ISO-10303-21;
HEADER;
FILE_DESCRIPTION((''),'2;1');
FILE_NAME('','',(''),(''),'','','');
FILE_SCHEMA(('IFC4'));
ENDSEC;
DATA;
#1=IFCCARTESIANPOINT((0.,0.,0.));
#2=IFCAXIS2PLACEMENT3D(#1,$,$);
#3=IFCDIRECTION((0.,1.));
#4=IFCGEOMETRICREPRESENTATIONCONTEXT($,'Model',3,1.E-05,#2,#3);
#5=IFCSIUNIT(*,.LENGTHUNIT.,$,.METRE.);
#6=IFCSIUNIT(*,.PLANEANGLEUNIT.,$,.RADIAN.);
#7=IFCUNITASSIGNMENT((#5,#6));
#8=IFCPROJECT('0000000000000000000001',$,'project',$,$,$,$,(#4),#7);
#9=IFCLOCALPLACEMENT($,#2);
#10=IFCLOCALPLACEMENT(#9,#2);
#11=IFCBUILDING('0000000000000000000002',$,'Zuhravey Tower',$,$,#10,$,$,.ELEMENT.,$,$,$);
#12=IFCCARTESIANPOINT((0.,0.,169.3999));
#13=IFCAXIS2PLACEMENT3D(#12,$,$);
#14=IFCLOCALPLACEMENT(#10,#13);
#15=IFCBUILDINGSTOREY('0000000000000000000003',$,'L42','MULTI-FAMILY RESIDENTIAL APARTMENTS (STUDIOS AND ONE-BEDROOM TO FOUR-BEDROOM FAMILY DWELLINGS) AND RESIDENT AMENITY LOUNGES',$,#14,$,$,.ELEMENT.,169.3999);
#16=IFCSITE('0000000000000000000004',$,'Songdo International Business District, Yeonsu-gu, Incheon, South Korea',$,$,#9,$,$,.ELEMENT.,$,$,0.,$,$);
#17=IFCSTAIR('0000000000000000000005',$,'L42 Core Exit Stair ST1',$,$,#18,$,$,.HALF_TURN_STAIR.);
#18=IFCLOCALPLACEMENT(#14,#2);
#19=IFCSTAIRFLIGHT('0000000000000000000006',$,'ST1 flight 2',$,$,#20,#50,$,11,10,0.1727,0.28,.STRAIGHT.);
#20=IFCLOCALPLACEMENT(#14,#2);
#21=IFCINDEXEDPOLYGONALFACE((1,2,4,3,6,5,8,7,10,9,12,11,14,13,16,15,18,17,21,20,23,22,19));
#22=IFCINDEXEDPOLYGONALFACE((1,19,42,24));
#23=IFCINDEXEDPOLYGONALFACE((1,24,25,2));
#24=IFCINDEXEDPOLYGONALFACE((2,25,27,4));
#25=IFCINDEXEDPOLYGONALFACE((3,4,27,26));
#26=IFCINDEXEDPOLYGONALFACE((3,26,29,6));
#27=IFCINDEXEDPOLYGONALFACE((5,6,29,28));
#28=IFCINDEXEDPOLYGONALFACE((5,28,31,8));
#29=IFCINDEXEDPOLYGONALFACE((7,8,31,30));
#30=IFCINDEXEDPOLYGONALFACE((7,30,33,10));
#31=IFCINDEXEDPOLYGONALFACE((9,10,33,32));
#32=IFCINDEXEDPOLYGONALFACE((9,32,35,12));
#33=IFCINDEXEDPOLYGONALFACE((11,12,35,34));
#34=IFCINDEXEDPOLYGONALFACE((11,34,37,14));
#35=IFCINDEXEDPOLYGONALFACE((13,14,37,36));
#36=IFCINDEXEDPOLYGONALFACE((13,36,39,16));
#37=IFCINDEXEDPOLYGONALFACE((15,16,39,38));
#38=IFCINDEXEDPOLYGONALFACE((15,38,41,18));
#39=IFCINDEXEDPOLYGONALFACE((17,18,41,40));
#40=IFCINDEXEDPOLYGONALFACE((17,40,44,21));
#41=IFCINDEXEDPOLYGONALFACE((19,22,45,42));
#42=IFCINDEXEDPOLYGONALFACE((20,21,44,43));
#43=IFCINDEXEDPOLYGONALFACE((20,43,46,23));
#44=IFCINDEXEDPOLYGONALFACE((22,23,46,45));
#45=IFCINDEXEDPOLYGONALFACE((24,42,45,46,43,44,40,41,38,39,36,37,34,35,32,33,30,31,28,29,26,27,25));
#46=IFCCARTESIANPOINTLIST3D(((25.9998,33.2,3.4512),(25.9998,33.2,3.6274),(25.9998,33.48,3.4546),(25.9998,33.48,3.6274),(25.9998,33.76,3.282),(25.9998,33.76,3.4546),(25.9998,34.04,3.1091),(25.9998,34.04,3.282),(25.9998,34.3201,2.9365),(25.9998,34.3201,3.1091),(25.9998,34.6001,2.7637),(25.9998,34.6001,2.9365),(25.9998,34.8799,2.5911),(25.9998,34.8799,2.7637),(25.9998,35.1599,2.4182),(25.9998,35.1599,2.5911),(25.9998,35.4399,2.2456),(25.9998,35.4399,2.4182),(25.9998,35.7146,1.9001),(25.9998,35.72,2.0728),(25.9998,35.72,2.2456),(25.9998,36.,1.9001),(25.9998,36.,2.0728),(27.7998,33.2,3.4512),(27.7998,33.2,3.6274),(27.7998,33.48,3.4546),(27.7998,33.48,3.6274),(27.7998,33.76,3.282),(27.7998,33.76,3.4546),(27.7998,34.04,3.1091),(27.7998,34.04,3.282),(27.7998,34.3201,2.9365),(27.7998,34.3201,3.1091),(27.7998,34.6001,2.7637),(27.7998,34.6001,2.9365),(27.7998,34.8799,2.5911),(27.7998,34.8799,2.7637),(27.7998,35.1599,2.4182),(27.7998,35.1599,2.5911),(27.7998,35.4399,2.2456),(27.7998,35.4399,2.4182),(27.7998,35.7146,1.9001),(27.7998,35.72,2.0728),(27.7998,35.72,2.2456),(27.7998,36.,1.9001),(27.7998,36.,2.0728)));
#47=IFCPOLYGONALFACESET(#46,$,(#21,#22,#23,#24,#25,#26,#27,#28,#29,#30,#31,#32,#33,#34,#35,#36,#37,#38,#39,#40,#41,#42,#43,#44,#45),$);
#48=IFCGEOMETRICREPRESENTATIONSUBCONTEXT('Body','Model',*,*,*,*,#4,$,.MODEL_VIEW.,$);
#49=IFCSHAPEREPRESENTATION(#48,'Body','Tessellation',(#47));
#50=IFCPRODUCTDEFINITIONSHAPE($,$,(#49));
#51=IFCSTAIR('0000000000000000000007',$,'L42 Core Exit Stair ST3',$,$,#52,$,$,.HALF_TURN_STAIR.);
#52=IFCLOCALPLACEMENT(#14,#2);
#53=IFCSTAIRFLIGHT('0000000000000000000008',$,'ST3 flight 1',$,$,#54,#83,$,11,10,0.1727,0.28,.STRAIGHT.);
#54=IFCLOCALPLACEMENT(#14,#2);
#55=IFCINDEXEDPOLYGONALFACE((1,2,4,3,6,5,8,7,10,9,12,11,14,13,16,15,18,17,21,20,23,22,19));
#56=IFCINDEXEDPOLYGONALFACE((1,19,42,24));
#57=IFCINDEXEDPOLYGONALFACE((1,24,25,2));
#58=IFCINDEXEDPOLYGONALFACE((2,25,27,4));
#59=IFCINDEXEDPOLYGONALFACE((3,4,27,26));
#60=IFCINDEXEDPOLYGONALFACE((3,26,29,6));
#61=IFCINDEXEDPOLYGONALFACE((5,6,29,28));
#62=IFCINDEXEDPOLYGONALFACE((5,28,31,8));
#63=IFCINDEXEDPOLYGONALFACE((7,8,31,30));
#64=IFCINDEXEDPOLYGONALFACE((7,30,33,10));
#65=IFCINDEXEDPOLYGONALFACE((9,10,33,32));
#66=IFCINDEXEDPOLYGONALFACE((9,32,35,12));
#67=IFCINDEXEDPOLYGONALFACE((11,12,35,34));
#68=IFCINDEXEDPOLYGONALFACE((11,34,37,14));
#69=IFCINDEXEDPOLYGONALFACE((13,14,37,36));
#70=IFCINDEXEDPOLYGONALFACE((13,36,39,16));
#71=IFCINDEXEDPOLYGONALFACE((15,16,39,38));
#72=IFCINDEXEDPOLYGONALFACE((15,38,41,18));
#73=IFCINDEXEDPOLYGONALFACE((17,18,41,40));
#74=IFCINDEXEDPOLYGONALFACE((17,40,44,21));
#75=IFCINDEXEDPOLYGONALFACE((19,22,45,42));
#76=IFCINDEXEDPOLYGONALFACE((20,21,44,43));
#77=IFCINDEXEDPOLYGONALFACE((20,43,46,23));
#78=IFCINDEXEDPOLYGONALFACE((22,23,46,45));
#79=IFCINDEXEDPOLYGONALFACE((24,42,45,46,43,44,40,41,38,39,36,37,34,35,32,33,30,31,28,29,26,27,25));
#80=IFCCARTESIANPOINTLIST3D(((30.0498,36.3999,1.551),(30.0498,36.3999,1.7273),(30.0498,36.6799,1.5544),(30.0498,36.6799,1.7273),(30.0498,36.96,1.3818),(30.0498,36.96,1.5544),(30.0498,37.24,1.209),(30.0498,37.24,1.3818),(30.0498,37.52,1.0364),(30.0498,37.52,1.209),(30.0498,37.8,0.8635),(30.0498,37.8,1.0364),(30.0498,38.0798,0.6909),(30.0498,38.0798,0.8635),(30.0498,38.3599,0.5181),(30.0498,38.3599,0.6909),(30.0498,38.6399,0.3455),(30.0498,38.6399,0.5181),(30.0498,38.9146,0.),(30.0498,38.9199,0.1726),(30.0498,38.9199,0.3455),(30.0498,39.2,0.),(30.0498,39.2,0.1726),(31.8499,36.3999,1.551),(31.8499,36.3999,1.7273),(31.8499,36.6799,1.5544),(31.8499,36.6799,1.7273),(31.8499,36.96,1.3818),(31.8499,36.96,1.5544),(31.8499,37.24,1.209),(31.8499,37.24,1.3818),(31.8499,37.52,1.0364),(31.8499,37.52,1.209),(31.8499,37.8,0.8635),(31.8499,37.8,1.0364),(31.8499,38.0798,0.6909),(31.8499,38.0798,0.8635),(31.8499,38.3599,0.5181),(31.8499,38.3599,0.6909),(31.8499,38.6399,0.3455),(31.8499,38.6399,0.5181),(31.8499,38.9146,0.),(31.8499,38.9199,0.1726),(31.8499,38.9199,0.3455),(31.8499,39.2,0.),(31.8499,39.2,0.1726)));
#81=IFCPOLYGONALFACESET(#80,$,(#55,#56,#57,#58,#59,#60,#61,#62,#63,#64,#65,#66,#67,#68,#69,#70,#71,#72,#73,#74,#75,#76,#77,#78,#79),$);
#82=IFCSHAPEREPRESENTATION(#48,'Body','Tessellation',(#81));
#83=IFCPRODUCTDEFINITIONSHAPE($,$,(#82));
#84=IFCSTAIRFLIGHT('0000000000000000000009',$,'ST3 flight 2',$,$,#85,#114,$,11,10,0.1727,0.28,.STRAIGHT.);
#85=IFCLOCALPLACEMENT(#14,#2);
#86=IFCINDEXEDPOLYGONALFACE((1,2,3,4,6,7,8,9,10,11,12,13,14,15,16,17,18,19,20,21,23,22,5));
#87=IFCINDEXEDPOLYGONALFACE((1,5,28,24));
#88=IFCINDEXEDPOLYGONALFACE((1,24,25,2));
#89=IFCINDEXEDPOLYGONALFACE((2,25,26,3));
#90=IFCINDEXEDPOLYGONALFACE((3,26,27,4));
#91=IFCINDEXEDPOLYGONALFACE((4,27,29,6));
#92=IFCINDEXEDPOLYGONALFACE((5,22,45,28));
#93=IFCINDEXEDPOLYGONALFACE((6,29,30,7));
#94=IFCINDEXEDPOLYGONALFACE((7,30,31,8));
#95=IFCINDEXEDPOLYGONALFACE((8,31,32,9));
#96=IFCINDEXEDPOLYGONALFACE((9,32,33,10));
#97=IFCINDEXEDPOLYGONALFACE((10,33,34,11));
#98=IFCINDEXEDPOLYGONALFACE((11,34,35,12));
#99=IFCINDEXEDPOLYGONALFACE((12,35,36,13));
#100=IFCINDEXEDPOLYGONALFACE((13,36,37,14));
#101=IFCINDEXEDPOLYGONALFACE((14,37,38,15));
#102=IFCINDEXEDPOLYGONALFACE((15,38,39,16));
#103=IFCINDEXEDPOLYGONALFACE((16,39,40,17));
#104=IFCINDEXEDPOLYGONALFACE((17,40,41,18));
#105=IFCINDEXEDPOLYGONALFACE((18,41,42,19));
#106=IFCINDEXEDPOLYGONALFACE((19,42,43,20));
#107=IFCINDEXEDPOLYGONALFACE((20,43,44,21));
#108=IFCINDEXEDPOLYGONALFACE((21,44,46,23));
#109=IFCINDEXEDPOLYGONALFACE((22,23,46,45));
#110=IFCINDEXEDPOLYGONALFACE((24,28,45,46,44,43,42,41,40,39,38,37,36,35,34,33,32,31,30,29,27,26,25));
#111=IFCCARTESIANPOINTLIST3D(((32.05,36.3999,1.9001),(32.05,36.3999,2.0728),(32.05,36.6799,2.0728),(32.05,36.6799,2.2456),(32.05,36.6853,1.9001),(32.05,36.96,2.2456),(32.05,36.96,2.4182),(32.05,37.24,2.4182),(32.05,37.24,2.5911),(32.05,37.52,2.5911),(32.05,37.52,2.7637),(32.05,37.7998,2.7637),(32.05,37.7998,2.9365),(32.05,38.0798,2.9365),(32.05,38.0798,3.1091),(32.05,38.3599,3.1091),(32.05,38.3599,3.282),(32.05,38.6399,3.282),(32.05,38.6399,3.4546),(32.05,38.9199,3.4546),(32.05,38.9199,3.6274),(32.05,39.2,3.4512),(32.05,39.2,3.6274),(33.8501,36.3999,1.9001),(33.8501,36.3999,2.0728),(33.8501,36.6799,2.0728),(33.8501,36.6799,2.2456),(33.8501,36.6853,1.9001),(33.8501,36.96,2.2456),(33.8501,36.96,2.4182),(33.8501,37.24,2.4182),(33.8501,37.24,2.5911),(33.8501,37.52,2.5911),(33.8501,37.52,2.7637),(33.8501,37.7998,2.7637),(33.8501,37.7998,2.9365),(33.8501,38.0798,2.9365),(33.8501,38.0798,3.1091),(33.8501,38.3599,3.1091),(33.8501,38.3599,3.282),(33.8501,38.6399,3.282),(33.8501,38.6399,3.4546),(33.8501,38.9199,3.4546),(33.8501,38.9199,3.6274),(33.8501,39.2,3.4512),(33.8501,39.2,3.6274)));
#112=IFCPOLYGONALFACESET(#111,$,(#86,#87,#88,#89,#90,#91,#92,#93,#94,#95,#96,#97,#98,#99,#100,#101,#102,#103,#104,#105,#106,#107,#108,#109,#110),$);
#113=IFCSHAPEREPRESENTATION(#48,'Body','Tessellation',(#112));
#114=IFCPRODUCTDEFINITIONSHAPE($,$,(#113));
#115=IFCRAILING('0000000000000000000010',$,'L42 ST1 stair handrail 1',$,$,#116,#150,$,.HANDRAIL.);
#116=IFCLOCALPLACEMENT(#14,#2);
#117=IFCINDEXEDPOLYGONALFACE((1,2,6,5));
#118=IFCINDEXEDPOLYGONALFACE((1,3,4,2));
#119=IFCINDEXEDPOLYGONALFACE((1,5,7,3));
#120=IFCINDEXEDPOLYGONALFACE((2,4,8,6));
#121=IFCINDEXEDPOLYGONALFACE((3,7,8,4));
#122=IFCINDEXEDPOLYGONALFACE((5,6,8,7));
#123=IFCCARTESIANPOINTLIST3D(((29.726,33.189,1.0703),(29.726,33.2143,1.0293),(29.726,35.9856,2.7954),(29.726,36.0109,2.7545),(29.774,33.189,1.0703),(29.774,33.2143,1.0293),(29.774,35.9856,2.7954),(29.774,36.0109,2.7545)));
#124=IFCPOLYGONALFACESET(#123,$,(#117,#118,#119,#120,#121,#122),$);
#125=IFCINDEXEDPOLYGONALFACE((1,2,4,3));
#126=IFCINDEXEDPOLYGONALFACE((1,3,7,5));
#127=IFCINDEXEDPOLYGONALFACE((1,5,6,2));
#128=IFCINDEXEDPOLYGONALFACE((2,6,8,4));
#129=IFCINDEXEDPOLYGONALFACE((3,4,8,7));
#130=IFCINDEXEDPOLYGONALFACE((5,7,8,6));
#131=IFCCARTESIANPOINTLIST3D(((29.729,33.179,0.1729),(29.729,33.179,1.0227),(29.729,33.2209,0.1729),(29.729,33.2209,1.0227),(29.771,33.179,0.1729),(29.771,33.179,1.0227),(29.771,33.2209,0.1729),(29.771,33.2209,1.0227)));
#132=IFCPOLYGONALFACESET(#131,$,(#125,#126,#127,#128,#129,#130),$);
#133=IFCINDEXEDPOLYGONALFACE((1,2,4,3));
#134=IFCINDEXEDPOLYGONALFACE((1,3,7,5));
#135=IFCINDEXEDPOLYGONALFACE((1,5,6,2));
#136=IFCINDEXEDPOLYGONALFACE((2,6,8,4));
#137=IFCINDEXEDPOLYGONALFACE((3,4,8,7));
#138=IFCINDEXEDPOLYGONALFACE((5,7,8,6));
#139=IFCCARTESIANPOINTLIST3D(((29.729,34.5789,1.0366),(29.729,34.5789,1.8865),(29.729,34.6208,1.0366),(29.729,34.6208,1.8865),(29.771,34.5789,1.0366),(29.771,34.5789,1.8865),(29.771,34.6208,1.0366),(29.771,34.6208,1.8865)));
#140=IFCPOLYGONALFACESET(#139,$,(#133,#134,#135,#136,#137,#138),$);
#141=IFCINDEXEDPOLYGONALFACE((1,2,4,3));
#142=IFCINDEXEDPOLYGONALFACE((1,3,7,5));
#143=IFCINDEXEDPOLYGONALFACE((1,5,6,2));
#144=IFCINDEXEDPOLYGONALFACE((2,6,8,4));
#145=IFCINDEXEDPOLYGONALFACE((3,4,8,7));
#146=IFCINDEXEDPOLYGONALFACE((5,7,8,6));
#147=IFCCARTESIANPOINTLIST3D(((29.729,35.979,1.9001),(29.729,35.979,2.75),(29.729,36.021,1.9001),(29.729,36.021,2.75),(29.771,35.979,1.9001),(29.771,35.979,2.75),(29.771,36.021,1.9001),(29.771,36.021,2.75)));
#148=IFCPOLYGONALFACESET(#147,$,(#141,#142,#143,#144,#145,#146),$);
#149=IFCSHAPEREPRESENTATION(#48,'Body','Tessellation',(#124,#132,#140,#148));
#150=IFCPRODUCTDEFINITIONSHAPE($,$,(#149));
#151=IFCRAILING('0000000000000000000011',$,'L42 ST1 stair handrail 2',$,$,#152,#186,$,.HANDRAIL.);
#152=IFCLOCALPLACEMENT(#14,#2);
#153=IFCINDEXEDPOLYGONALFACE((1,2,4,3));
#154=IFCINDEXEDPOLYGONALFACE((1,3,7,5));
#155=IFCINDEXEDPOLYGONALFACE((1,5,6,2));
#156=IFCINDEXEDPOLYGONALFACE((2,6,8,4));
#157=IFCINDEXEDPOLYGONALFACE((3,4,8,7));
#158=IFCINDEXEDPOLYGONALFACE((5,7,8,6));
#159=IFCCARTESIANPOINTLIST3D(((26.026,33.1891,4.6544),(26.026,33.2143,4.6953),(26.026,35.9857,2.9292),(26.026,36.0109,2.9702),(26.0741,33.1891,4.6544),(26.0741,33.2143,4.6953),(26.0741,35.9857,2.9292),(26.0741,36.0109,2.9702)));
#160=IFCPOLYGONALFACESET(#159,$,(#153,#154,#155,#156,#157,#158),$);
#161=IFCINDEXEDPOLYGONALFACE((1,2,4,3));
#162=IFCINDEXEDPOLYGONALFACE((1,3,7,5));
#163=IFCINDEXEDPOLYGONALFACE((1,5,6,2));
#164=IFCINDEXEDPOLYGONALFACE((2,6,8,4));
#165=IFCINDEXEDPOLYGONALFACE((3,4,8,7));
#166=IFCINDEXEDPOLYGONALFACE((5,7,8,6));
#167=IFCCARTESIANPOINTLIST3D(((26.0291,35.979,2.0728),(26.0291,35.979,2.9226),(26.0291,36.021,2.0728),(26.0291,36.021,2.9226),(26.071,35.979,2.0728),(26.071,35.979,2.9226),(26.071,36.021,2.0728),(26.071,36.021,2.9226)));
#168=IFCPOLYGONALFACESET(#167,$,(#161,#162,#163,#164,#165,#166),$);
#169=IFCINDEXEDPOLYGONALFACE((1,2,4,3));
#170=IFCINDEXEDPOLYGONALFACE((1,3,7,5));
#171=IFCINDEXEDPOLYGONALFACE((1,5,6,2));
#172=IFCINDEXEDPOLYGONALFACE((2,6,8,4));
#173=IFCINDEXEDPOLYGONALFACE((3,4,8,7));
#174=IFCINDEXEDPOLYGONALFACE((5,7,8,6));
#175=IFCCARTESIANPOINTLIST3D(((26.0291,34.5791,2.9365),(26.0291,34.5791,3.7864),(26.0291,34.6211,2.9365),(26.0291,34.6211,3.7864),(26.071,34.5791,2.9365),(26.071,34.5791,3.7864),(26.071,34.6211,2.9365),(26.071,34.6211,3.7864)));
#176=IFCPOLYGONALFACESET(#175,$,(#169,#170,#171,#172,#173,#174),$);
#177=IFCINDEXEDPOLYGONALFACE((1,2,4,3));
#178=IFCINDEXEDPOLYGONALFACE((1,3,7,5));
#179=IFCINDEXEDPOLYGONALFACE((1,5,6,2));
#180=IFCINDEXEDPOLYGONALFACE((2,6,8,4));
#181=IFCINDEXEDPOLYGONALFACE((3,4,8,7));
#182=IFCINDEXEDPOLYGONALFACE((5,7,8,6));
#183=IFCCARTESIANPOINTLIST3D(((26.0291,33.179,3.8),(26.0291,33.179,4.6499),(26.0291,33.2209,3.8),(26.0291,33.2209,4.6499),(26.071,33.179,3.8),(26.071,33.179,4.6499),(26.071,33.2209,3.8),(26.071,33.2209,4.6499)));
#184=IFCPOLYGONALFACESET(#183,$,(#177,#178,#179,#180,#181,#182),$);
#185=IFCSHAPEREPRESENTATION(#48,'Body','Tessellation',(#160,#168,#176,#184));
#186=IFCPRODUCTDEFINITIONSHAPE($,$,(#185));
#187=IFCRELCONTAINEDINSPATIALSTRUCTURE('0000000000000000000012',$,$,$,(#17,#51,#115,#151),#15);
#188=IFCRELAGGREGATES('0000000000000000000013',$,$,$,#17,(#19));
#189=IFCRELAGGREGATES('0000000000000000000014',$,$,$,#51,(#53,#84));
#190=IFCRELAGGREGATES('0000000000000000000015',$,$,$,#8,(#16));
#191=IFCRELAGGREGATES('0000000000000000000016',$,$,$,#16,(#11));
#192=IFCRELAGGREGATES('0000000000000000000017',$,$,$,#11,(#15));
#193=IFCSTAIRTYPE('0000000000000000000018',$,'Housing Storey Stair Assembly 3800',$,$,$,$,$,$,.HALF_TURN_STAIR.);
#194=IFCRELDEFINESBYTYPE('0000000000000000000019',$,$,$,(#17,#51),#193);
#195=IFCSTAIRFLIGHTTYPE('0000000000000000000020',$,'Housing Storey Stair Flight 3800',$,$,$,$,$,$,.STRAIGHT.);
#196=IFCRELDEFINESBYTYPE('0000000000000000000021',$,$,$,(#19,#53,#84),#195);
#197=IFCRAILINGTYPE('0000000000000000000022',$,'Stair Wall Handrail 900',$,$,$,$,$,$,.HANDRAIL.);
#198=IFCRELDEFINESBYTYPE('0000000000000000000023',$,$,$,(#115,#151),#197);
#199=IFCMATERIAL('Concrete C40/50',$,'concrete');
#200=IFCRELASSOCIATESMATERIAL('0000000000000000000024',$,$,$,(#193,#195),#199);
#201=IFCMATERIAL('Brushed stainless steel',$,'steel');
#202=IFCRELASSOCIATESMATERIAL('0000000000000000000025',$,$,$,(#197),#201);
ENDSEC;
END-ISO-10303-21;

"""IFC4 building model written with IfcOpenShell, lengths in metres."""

from ifc_helpers import new_model, si_unit, direction, frame, origin, origin_2d, place, context, subcontext, project, spatial, polyline, rectangle, outline, extrude, material, type_object, element, aggregate, save


model = new_model("IFC4")

# Units and contexts
model_context = context("Model", 3, precision=1e-05, world=origin(), true_north=direction((0.0, 1.0)))
body_context = subcontext(model_context, "Body", "Model", "MODEL_VIEW")
ifc_project = project(units=[si_unit("LENGTHUNIT", "METRE"), si_unit("PLANEANGLEUNIT", "RADIAN")], contexts=[model_context])

# Site, building, storey
site_placement = place(None, origin())
site = spatial("IfcSite", under=ifc_project, at=site_placement, Name="Songdo International Business District, Yeonsu-gu, Incheon, South Korea", CompositionType="ELEMENT", RefElevation=0.0)
building_placement = place(site_placement, origin())
building = spatial("IfcBuilding", under=site, at=building_placement, Name="Zuhravey Tower", CompositionType="ELEMENT")
storey_placement = place(building_placement, frame((0.0, 0.0, 169.3999)))
storey = spatial("IfcBuildingStorey", under=building, at=storey_placement, Name="L42", Description="MULTI-FAMILY RESIDENTIAL APARTMENTS (STUDIOS AND ONE-BEDROOM TO FOUR-BEDROOM FAMILY DWELLINGS) AND RESIDENT AMENITY LOUNGES", CompositionType="ELEMENT", Elevation=169.3999)

# Stairs, stair flights
ifc_material_1 = material(Name="Concrete C40/50", Category="concrete")
stair_type = type_object("IfcStairType", Name="Housing Storey Stair Assembly 3800", PredefinedType="HALF_TURN_STAIR", material=ifc_material_1)
stair_1_placement = place(storey_placement, origin())
stair_1 = element("IfcStair", 1, at=stair_1_placement, inside=storey, type_object=stair_type, Name="L42 Core Exit Stair ST1", PredefinedType="HALF_TURN_STAIR")
stair_flight_type = type_object("IfcStairFlightType", Name="Housing Storey Stair Flight 3800", PredefinedType="STRAIGHT", material=ifc_material_1)
stair_flight_1_placement = place(storey_placement, frame((26.8999, 36.0, 1.9001), z_axis=(0.0, 0.0, 1.0), x_axis=(0.0, -1.0, 0.0)))
stair_flight_1 = element("IfcStairFlight", 2, at=stair_flight_1_placement, type_object=stair_flight_type, Name="ST1 flight 2", NumberOfRisers=11, NumberOfTreads=10, PredefinedType="STRAIGHT", RiserHeight=0.1727, TreadLength=0.28, context=body_context, shape_type="SweptSolid", body=[
    extrude(outline(polyline([(0.0, 0.0), (0.0, 0.1726), (0.28, 0.1726), (0.28, 0.3455), (0.5601, 0.3455), (0.5601, 0.5181), (0.8401, 0.5181), (0.8401, 0.6909), (1.1201, 0.6909), (1.1201, 0.8635), (1.3999, 0.8635), (1.3999, 1.0364), (1.6799, 1.0364), (1.6799, 1.209), (1.96, 1.209), (1.96, 1.3818), (2.24, 1.3818), (2.24, 1.5544), (2.52, 1.5544), (2.52, 1.7273), (2.8, 1.7273), (2.8, 1.8999), (2.8, 1.551), (0.2854, 0.0), (0.0, 0.0)])), frame((0.0, 0.8999, 0.0), z_axis=(0.0, -1.0, 0.0), x_axis=(1.0, 0.0, 0.0)), (0.0, 0.0, 1.0), 1.8),
])
aggregate(stair_1, [stair_flight_1])
stair_2_placement = place(storey_placement, origin())
stair_2 = element("IfcStair", 3, at=stair_2_placement, inside=storey, type_object=stair_type, Name="L42 Core Exit Stair ST3", PredefinedType="HALF_TURN_STAIR")
stair_flight_2_placement = place(storey_placement, frame((30.95, 39.2, 0.0), z_axis=(0.0, 0.0, 1.0), x_axis=(0.0, -1.0, 0.0)))
stair_flight_2 = element("IfcStairFlight", 4, at=stair_flight_2_placement, type_object=stair_flight_type, Name="ST3 flight 1", NumberOfRisers=11, NumberOfTreads=10, PredefinedType="STRAIGHT", RiserHeight=0.1727, TreadLength=0.28, context=body_context, shape_type="SweptSolid", body=[
    extrude(outline(polyline([(0.0, 0.0), (0.0, 0.1726), (0.28, 0.1726), (0.28, 0.3455), (0.5601, 0.3455), (0.5601, 0.5181), (0.8401, 0.5181), (0.8401, 0.6909), (1.1201, 0.6909), (1.1201, 0.8635), (1.3999, 0.8635), (1.3999, 1.0364), (1.6799, 1.0364), (1.6799, 1.209), (1.96, 1.209), (1.96, 1.3818), (2.24, 1.3818), (2.24, 1.5544), (2.52, 1.5544), (2.52, 1.7273), (2.8, 1.7273), (2.8, 1.8999), (2.8, 1.551), (0.2854, 0.0), (0.0, 0.0)])), frame((0.0, 0.8999, 0.0), z_axis=(0.0, -1.0, 0.0), x_axis=(1.0, 0.0, 0.0)), (0.0, 0.0, 1.0), 1.8),
])
stair_flight_3_placement = place(storey_placement, frame((32.95, 36.3999, 1.9001), z_axis=(0.0, 0.0, 1.0), x_axis=(0.0, 1.0, 0.0)))
stair_flight_3 = element("IfcStairFlight", 5, at=stair_flight_3_placement, type_object=stair_flight_type, Name="ST3 flight 2", NumberOfRisers=11, NumberOfTreads=10, PredefinedType="STRAIGHT", RiserHeight=0.1727, TreadLength=0.28, context=body_context, shape_type="SweptSolid", body=[
    extrude(outline(polyline([(0.0, 0.0), (0.0, 0.1726), (0.28, 0.1726), (0.28, 0.3455), (0.5601, 0.3455), (0.5601, 0.5181), (0.8401, 0.5181), (0.8401, 0.6909), (1.1201, 0.6909), (1.1201, 0.8635), (1.3999, 0.8635), (1.3999, 1.0364), (1.6799, 1.0364), (1.6799, 1.209), (1.96, 1.209), (1.96, 1.3818), (2.24, 1.3818), (2.24, 1.5544), (2.52, 1.5544), (2.52, 1.7273), (2.8, 1.7273), (2.8, 1.8999), (2.8, 1.551), (0.2854, 0.0), (0.0, 0.0)])), frame((0.0, 0.8999, 0.0), z_axis=(0.0, -1.0, 0.0), x_axis=(1.0, 0.0, 0.0)), (0.0, 0.0, 1.0), 1.8),
])
aggregate(stair_2, [stair_flight_2, stair_flight_3])

# Railings
ifc_material_2 = material(Name="Brushed stainless steel", Category="steel")
railing_type_1 = type_object("IfcRailingType", Name="Stair Wall Handrail 900", PredefinedType="HANDRAIL", material=ifc_material_2)
railing_1_placement = place(storey_placement, frame((29.75, 33.2, 0.1729)))
element("IfcRailing", 6, at=railing_1_placement, inside=storey, type_object=railing_type_1, Name="L42 ST1 stair handrail 1", PredefinedType="HANDRAIL", context=body_context, shape_type="SweptSolid", body=[
    extrude(rectangle(XDim=0.0481, YDim=0.0481, at=origin_2d()), frame((0.0, 0.0017, 0.877), z_axis=(0.0, 0.85109, 0.52502), x_axis=(-1.0, 0.0, 0.0)), (0.0, 0.0, 1.0), 3.2859),
    extrude(rectangle(XDim=0.042, YDim=0.042, at=origin_2d()), origin(), (0.0, 0.0, 1.0), 0.8499),
    extrude(rectangle(XDim=0.042, YDim=0.042, at=origin_2d()), frame((0.0, 1.3999, 0.8638)), (0.0, 0.0, 1.0), 0.8499),
    extrude(rectangle(XDim=0.042, YDim=0.042, at=origin_2d()), frame((0.0, 2.8, 1.7273)), (0.0, 0.0, 1.0), 0.8499),
])
for number, where, name in (
    (7, (26.05, 36.0, 2.0728), "L42 ST1 stair handrail 2"),
):
    element("IfcRailing", number, at=place(storey_placement, frame(where)), inside=storey, type_object=railing_type_1, Name=name, PredefinedType="HANDRAIL", context=body_context, shape_type="SweptSolid", body=[
        extrude(rectangle(XDim=0.0481, YDim=0.0481, at=origin_2d()), frame((0.0, -0.0017, 0.877), z_axis=(0.0, -0.85109, 0.52502), x_axis=(1.0, 0.0, 0.0)), (0.0, 0.0, 1.0), 3.2859),
        extrude(rectangle(XDim=0.042, YDim=0.042, at=origin_2d()), origin(), (0.0, 0.0, 1.0), 0.8499),
        extrude(rectangle(XDim=0.042, YDim=0.042, at=origin_2d()), frame((0.0, -1.3999, 0.8638)), (0.0, 0.0, 1.0), 0.8499),
        extrude(rectangle(XDim=0.042, YDim=0.042, at=origin_2d()), frame((0.0, -2.8, 1.7273)), (0.0, 0.0, 1.0), 0.8499),
    ])

save(model, "model.ifc")
